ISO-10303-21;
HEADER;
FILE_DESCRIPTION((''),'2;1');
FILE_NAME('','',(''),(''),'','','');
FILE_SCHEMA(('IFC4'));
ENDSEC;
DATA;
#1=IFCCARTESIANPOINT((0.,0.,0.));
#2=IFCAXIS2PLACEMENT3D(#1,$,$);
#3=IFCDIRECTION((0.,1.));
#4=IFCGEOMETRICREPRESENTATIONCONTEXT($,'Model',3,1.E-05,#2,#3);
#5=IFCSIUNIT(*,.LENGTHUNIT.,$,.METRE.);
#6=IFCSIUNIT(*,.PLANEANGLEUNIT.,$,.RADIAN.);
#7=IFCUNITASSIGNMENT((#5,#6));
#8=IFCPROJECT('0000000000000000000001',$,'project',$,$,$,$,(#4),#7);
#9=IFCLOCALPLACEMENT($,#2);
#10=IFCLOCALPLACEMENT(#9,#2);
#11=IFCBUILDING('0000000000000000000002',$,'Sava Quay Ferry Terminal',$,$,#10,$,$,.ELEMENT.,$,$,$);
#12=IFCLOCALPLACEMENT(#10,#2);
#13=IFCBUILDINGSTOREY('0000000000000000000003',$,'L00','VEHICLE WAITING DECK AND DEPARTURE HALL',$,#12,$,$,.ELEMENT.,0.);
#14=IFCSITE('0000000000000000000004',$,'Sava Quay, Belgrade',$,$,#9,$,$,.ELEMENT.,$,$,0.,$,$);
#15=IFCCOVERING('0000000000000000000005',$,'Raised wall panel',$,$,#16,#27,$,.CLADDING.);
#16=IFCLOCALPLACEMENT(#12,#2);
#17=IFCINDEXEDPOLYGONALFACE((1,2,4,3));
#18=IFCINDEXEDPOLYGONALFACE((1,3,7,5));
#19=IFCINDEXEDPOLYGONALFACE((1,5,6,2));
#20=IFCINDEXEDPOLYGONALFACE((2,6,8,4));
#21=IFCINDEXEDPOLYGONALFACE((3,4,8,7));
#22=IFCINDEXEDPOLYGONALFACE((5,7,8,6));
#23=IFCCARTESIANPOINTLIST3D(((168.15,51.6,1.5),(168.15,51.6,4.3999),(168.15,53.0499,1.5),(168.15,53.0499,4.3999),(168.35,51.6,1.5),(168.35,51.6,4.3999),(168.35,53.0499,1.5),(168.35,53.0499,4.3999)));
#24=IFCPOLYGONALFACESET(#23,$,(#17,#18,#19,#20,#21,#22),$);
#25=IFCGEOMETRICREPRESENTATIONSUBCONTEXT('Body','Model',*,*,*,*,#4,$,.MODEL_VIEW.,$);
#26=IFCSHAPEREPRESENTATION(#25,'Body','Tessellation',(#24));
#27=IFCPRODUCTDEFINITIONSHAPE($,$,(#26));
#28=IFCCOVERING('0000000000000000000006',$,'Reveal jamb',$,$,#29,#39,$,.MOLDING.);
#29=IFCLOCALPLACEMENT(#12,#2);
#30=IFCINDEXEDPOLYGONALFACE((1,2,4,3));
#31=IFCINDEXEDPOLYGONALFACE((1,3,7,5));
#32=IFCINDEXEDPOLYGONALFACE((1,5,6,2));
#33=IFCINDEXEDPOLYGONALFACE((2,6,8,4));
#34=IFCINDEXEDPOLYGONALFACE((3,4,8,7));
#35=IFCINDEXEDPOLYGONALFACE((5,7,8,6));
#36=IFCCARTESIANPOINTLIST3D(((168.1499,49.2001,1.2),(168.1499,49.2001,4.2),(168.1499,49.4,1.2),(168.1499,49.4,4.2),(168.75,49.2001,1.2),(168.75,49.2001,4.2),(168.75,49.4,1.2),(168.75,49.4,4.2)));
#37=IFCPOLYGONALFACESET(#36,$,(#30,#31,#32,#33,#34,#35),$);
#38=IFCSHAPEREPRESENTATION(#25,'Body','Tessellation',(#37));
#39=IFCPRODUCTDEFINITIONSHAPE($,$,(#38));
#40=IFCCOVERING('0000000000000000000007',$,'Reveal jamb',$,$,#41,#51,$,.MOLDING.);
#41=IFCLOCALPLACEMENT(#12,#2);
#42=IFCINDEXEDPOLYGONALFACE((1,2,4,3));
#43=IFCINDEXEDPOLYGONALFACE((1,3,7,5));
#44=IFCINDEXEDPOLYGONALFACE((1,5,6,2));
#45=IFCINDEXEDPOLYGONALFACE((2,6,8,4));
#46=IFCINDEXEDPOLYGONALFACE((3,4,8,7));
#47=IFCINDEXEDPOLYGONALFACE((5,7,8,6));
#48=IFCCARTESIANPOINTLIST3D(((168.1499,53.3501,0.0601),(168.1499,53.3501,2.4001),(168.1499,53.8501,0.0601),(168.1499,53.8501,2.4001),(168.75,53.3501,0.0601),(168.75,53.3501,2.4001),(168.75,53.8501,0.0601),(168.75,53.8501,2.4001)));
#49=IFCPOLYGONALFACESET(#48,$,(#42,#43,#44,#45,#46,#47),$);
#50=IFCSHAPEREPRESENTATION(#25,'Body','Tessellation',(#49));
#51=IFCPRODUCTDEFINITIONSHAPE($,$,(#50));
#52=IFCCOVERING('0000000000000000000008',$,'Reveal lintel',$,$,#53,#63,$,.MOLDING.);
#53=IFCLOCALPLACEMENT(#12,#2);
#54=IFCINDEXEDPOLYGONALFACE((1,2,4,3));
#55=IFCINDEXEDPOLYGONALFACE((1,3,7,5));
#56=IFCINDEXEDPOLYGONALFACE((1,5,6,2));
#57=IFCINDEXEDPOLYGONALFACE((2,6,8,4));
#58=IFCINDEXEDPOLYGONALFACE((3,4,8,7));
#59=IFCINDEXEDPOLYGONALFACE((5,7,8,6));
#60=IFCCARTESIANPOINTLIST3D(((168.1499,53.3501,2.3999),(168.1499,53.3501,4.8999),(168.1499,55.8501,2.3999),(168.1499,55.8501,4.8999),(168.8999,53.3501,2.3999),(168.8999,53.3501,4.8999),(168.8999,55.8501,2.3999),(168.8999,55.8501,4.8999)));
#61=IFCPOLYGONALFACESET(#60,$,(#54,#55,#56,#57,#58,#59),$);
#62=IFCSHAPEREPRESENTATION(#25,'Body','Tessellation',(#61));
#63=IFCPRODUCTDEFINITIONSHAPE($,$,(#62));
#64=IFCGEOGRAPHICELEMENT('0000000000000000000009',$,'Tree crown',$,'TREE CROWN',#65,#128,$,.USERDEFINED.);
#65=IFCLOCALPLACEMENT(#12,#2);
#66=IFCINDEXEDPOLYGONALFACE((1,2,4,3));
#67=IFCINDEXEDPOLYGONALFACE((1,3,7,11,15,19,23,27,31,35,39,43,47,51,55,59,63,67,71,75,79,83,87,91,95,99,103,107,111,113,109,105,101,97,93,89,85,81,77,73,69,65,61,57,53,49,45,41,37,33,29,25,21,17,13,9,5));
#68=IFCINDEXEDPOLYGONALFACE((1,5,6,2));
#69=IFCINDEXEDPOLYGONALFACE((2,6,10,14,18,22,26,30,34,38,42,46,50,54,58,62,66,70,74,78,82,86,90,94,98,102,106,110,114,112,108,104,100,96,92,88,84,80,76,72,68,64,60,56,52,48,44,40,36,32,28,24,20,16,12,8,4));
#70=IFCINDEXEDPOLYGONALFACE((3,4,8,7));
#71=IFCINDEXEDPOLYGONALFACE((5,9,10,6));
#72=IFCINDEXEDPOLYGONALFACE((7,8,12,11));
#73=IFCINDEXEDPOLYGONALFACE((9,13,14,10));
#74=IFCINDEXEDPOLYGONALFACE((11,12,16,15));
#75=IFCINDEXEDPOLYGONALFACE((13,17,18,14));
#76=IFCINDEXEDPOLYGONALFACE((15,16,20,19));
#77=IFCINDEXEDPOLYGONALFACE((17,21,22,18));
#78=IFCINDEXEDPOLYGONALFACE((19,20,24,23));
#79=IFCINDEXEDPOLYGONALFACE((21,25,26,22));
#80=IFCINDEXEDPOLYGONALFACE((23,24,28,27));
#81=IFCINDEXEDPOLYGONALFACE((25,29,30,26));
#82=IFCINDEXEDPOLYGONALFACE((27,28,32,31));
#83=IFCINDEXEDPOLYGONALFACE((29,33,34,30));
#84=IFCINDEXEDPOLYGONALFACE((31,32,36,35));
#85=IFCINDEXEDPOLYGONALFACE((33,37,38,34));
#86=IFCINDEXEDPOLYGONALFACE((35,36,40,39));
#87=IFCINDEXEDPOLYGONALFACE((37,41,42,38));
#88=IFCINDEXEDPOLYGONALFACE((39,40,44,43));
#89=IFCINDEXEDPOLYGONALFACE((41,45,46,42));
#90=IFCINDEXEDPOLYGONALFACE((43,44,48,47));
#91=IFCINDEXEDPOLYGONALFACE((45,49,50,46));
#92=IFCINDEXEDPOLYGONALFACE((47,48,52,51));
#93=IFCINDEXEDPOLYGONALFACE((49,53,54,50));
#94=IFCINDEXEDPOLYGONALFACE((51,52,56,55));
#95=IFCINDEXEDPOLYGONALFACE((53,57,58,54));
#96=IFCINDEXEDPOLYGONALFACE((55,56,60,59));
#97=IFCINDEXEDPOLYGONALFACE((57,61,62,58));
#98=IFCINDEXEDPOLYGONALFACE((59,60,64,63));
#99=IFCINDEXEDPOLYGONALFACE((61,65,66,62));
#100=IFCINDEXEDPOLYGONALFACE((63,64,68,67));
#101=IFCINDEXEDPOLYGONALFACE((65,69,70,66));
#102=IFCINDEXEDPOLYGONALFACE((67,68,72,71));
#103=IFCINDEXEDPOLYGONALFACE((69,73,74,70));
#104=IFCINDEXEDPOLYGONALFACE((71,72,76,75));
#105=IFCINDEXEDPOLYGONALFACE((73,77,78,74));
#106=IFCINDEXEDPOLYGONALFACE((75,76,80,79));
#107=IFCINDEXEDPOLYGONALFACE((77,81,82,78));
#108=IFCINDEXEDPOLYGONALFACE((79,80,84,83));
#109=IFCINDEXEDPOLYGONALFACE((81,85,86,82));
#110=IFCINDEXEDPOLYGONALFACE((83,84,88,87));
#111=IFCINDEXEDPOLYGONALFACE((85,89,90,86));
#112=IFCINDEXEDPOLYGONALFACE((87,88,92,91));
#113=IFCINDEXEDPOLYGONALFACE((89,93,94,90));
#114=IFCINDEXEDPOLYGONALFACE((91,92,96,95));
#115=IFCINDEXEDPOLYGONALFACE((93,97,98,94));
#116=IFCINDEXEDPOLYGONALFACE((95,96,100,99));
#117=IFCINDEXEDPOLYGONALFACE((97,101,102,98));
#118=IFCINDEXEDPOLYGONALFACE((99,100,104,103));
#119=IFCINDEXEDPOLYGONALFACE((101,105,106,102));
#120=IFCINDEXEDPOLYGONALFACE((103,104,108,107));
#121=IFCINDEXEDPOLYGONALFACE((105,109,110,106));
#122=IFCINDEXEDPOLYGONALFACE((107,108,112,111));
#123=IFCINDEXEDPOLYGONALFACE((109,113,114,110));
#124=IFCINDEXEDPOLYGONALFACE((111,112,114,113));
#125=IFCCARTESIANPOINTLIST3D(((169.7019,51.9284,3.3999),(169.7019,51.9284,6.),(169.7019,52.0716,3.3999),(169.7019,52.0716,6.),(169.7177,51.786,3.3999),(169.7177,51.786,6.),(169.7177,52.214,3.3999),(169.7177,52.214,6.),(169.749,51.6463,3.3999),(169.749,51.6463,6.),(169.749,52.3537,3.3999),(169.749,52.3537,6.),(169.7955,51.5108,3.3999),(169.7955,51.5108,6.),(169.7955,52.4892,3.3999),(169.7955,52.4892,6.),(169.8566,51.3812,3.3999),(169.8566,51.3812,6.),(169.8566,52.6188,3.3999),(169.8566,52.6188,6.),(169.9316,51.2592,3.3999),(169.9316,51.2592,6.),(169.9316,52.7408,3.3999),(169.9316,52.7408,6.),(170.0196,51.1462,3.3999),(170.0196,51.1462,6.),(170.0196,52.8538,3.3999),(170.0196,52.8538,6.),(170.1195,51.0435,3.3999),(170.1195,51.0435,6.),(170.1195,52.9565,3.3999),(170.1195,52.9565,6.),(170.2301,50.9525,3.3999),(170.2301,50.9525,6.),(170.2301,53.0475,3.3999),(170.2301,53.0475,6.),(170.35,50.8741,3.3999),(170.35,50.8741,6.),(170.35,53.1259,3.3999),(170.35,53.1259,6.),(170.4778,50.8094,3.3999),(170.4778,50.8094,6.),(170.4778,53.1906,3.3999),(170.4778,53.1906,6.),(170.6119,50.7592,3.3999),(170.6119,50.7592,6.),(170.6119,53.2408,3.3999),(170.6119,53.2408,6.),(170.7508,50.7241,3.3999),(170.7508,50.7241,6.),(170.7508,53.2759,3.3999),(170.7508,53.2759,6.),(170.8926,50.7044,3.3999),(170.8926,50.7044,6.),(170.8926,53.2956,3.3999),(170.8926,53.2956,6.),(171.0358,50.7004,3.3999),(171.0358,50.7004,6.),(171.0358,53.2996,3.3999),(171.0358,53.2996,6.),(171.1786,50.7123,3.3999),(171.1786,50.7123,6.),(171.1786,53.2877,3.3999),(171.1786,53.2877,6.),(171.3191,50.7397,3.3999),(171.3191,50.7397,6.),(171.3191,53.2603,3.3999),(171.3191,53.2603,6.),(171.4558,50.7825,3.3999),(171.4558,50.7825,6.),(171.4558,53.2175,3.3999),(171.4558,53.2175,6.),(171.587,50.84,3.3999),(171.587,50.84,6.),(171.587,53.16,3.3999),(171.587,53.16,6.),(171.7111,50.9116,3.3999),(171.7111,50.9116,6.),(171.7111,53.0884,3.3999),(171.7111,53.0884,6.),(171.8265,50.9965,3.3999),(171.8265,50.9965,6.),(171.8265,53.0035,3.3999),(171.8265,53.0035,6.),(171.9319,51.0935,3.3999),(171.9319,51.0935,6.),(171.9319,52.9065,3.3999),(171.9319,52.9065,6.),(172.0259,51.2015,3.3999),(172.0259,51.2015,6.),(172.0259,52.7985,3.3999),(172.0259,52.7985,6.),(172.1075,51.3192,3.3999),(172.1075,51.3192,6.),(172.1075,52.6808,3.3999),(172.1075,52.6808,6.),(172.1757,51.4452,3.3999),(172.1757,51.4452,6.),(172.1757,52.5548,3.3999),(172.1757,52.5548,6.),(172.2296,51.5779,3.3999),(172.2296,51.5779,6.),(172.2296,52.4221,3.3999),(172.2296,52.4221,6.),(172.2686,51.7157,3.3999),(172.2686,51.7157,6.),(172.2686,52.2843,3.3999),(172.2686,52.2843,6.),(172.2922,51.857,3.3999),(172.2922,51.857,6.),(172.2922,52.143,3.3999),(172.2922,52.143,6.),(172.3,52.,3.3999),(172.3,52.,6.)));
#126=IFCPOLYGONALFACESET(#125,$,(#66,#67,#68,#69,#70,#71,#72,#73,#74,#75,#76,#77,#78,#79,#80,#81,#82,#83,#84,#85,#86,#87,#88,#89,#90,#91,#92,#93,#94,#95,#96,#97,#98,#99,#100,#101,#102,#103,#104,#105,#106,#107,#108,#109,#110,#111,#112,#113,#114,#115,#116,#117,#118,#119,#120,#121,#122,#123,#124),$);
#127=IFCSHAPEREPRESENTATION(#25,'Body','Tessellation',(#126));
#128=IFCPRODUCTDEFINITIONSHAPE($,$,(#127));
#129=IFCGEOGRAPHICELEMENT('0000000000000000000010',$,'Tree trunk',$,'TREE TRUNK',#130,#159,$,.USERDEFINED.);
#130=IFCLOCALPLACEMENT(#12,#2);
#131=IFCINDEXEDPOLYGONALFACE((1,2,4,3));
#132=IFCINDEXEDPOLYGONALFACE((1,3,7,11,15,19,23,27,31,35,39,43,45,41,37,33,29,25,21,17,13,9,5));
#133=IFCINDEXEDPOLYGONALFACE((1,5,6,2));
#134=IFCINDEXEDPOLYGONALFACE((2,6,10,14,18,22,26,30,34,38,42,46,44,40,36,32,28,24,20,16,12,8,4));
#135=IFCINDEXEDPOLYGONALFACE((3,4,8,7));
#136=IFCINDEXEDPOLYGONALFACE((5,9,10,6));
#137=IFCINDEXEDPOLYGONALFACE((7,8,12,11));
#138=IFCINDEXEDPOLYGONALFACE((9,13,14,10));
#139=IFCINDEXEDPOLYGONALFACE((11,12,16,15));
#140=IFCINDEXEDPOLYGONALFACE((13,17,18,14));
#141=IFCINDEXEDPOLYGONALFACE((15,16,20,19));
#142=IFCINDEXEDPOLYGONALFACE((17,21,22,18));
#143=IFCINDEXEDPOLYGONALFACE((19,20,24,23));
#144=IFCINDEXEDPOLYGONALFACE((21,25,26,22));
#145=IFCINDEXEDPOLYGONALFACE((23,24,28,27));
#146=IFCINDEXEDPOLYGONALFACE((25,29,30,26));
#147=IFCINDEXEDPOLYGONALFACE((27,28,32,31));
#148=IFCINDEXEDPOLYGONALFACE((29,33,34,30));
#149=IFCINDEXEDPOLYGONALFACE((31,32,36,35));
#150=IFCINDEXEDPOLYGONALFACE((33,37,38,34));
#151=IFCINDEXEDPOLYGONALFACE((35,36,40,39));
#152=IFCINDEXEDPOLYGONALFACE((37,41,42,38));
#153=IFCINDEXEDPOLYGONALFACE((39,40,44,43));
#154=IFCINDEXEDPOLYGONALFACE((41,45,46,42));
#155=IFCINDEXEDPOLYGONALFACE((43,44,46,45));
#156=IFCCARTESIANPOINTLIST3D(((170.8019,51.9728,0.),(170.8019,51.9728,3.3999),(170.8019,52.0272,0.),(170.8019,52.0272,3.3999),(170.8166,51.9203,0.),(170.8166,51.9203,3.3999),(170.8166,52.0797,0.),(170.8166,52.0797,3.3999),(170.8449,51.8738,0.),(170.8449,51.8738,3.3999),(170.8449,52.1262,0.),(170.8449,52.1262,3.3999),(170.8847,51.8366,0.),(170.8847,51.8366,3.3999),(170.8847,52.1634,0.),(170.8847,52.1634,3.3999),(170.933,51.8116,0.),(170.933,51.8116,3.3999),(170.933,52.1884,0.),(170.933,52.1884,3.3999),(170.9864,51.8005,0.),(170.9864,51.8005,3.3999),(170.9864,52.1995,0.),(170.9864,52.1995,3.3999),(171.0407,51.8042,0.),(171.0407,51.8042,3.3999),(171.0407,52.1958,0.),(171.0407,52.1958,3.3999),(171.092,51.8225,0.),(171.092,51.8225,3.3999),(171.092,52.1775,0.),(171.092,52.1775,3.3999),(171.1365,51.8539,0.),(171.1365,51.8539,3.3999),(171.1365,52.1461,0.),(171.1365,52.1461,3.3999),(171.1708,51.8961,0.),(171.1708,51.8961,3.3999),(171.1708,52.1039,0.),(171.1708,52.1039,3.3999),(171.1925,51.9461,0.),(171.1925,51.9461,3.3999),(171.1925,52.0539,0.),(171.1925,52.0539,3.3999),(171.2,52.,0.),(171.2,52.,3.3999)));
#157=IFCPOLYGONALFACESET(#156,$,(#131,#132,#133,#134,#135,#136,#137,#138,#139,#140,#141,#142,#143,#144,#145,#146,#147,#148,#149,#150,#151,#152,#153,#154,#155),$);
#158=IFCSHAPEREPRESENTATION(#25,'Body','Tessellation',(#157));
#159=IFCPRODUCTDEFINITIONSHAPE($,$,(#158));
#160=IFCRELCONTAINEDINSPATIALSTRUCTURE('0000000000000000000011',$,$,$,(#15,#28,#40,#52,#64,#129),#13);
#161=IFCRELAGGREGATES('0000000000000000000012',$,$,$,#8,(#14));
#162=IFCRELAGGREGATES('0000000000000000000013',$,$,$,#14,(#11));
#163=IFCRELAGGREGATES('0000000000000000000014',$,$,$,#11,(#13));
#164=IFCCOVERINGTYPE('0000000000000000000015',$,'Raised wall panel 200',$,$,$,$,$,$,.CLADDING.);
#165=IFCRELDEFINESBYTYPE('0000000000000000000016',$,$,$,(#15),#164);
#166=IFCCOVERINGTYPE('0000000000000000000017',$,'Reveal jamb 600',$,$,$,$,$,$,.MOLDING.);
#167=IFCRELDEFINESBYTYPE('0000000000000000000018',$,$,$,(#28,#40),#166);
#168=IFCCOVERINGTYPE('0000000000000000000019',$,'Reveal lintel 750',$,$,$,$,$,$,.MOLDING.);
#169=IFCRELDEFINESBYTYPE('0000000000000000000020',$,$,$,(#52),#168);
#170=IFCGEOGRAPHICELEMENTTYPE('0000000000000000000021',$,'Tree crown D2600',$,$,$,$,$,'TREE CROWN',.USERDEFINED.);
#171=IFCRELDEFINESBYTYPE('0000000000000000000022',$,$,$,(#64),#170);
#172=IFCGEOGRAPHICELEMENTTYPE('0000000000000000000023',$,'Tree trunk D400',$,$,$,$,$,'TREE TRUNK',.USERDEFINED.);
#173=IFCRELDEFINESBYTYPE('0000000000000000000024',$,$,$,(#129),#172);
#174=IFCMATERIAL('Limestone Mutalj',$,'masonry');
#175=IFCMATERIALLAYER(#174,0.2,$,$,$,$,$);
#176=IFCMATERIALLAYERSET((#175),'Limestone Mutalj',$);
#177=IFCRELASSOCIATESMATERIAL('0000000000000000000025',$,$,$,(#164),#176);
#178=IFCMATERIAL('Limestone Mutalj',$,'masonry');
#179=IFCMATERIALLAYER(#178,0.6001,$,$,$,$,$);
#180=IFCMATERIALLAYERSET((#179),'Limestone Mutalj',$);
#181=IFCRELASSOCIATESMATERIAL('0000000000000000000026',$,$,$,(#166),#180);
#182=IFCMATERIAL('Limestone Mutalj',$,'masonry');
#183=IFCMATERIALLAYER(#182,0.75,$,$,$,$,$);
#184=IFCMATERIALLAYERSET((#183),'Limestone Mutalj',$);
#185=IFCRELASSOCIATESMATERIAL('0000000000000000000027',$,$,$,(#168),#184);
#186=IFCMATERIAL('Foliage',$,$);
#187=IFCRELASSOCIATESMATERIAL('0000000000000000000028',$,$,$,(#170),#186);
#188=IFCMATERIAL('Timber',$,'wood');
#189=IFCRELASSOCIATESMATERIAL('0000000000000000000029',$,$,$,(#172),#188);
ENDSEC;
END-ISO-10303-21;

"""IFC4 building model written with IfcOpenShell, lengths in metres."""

from ifc_helpers import new_model, si_unit, direction, frame, origin, origin_2d, place, context, subcontext, project, spatial, rectangle, circle, extrude, material, layer, layer_set, type_object, element, save


model = new_model("IFC4")

# Units and contexts
model_context = context("Model", 3, precision=1e-05, world=origin(), true_north=direction((0.0, 1.0)))
body_context = subcontext(model_context, "Body", "Model", "MODEL_VIEW")
ifc_project = project(units=[si_unit("LENGTHUNIT", "METRE"), si_unit("PLANEANGLEUNIT", "RADIAN")], contexts=[model_context])

# Site, building, storey
site_placement = place(None, origin())
site = spatial("IfcSite", under=ifc_project, at=site_placement, Name="Sava Quay, Belgrade", CompositionType="ELEMENT", RefElevation=0.0)
building_placement = place(site_placement, origin())
building = spatial("IfcBuilding", under=site, at=building_placement, Name="Sava Quay Ferry Terminal", CompositionType="ELEMENT")
storey_placement = place(building_placement, origin())
storey = spatial("IfcBuildingStorey", under=building, at=storey_placement, Name="L00", Description="VEHICLE WAITING DECK AND DEPARTURE HALL", CompositionType="ELEMENT", Elevation=0.0)

# Coverings
ifc_material_1 = material(Name="Limestone Mutalj", Category="masonry")
ifc_layer_1 = layer(ifc_material_1, 0.2)
ifc_layer_set_1 = layer_set([ifc_layer_1], Name="Limestone Mutalj")
covering_type_1 = type_object("IfcCoveringType", Name="Raised wall panel 200", PredefinedType="CLADDING", material=ifc_layer_set_1)
covering_1_placement = place(storey_placement, frame((168.25, 52.325, 1.5), z_axis=(0.0, 0.0, 1.0), x_axis=(1.0, 0.0, 0.0)))
element("IfcCovering", 1, at=covering_1_placement, inside=storey, type_object=covering_type_1, Name="Raised wall panel", PredefinedType="CLADDING", context=body_context, shape_type="SweptSolid", body=[
    extrude(rectangle(XDim=0.2, YDim=1.45, at=origin_2d()), origin(), (0.0, 0.0, 1.0), 2.8999),
])
ifc_material_2 = material(Name="Limestone Mutalj", Category="masonry")
ifc_layer_2 = layer(ifc_material_2, 0.6001)
ifc_layer_set_2 = layer_set([ifc_layer_2], Name="Limestone Mutalj")
covering_type_2 = type_object("IfcCoveringType", Name="Reveal jamb 600", PredefinedType="MOLDING", material=ifc_layer_set_2)
covering_2_placement = place(storey_placement, frame((168.45, 49.3, 1.2), z_axis=(0.0, 0.0, 1.0), x_axis=(1.0, 0.0, 0.0)))
element("IfcCovering", 2, at=covering_2_placement, inside=storey, type_object=covering_type_2, Name="Reveal jamb", PredefinedType="MOLDING", context=body_context, shape_type="SweptSolid", body=[
    extrude(rectangle(XDim=0.6001, YDim=0.2, at=origin_2d()), origin(), (0.0, 0.0, 1.0), 3.0),
])
covering_3_placement = place(storey_placement, frame((168.45, 53.6001, 0.0601), z_axis=(0.0, 0.0, 1.0), x_axis=(1.0, 0.0, 0.0)))
element("IfcCovering", 3, at=covering_3_placement, inside=storey, type_object=covering_type_2, Name="Reveal jamb", PredefinedType="MOLDING", context=body_context, shape_type="SweptSolid", body=[
    extrude(rectangle(XDim=0.6001, YDim=0.5, at=origin_2d()), origin(), (0.0, 0.0, 1.0), 2.3401),
])
ifc_material_3 = material(Name="Limestone Mutalj", Category="masonry")
ifc_layer_3 = layer(ifc_material_3, 0.75)
ifc_layer_set_3 = layer_set([ifc_layer_3], Name="Limestone Mutalj")
covering_type_3 = type_object("IfcCoveringType", Name="Reveal lintel 750", PredefinedType="MOLDING", material=ifc_layer_set_3)
covering_4_placement = place(storey_placement, frame((168.5249, 54.6001, 2.3999), z_axis=(0.0, 0.0, 1.0), x_axis=(1.0, 0.0, 0.0)))
element("IfcCovering", 4, at=covering_4_placement, inside=storey, type_object=covering_type_3, Name="Reveal lintel", PredefinedType="MOLDING", context=body_context, shape_type="SweptSolid", body=[
    extrude(rectangle(XDim=0.75, YDim=2.5, at=origin_2d()), origin(), (0.0, 0.0, 1.0), 2.5),
])

# Geographic elements
ifc_material_4 = material(Name="Foliage")
geographic_element_type_1 = type_object("IfcGeographicElementType", Name="Tree crown D2600", ElementType="TREE CROWN", PredefinedType="USERDEFINED", material=ifc_material_4)
geographic_element_1_placement = place(storey_placement, frame((171.0, 52.0, 6.0), z_axis=(0.0, 0.0, -1.0), x_axis=(1.0, 0.0, 0.0)))
element("IfcGeographicElement", 5, at=geographic_element_1_placement, inside=storey, type_object=geographic_element_type_1, Name="Tree crown", ObjectType="TREE CROWN", PredefinedType="USERDEFINED", context=body_context, shape_type="SweptSolid", body=[
    extrude(circle(Radius=1.3, at=origin_2d()), origin(), (0.0, 0.0, 1.0), 2.6001),
])
ifc_material_5 = material(Name="Timber", Category="wood")
geographic_element_type_2 = type_object("IfcGeographicElementType", Name="Tree trunk D400", ElementType="TREE TRUNK", PredefinedType="USERDEFINED", material=ifc_material_5)
geographic_element_2_placement = place(storey_placement, frame((171.0, 52.0, 3.3999), z_axis=(0.0, 0.0, -1.0), x_axis=(1.0, 0.0, 0.0)))
element("IfcGeographicElement", 6, at=geographic_element_2_placement, inside=storey, type_object=geographic_element_type_2, Name="Tree trunk", ObjectType="TREE TRUNK", PredefinedType="USERDEFINED", context=body_context, shape_type="SweptSolid", body=[
    extrude(circle(Radius=0.2, at=origin_2d()), origin(), (0.0, 0.0, 1.0), 3.3999),
])

save(model, "model.ifc")
